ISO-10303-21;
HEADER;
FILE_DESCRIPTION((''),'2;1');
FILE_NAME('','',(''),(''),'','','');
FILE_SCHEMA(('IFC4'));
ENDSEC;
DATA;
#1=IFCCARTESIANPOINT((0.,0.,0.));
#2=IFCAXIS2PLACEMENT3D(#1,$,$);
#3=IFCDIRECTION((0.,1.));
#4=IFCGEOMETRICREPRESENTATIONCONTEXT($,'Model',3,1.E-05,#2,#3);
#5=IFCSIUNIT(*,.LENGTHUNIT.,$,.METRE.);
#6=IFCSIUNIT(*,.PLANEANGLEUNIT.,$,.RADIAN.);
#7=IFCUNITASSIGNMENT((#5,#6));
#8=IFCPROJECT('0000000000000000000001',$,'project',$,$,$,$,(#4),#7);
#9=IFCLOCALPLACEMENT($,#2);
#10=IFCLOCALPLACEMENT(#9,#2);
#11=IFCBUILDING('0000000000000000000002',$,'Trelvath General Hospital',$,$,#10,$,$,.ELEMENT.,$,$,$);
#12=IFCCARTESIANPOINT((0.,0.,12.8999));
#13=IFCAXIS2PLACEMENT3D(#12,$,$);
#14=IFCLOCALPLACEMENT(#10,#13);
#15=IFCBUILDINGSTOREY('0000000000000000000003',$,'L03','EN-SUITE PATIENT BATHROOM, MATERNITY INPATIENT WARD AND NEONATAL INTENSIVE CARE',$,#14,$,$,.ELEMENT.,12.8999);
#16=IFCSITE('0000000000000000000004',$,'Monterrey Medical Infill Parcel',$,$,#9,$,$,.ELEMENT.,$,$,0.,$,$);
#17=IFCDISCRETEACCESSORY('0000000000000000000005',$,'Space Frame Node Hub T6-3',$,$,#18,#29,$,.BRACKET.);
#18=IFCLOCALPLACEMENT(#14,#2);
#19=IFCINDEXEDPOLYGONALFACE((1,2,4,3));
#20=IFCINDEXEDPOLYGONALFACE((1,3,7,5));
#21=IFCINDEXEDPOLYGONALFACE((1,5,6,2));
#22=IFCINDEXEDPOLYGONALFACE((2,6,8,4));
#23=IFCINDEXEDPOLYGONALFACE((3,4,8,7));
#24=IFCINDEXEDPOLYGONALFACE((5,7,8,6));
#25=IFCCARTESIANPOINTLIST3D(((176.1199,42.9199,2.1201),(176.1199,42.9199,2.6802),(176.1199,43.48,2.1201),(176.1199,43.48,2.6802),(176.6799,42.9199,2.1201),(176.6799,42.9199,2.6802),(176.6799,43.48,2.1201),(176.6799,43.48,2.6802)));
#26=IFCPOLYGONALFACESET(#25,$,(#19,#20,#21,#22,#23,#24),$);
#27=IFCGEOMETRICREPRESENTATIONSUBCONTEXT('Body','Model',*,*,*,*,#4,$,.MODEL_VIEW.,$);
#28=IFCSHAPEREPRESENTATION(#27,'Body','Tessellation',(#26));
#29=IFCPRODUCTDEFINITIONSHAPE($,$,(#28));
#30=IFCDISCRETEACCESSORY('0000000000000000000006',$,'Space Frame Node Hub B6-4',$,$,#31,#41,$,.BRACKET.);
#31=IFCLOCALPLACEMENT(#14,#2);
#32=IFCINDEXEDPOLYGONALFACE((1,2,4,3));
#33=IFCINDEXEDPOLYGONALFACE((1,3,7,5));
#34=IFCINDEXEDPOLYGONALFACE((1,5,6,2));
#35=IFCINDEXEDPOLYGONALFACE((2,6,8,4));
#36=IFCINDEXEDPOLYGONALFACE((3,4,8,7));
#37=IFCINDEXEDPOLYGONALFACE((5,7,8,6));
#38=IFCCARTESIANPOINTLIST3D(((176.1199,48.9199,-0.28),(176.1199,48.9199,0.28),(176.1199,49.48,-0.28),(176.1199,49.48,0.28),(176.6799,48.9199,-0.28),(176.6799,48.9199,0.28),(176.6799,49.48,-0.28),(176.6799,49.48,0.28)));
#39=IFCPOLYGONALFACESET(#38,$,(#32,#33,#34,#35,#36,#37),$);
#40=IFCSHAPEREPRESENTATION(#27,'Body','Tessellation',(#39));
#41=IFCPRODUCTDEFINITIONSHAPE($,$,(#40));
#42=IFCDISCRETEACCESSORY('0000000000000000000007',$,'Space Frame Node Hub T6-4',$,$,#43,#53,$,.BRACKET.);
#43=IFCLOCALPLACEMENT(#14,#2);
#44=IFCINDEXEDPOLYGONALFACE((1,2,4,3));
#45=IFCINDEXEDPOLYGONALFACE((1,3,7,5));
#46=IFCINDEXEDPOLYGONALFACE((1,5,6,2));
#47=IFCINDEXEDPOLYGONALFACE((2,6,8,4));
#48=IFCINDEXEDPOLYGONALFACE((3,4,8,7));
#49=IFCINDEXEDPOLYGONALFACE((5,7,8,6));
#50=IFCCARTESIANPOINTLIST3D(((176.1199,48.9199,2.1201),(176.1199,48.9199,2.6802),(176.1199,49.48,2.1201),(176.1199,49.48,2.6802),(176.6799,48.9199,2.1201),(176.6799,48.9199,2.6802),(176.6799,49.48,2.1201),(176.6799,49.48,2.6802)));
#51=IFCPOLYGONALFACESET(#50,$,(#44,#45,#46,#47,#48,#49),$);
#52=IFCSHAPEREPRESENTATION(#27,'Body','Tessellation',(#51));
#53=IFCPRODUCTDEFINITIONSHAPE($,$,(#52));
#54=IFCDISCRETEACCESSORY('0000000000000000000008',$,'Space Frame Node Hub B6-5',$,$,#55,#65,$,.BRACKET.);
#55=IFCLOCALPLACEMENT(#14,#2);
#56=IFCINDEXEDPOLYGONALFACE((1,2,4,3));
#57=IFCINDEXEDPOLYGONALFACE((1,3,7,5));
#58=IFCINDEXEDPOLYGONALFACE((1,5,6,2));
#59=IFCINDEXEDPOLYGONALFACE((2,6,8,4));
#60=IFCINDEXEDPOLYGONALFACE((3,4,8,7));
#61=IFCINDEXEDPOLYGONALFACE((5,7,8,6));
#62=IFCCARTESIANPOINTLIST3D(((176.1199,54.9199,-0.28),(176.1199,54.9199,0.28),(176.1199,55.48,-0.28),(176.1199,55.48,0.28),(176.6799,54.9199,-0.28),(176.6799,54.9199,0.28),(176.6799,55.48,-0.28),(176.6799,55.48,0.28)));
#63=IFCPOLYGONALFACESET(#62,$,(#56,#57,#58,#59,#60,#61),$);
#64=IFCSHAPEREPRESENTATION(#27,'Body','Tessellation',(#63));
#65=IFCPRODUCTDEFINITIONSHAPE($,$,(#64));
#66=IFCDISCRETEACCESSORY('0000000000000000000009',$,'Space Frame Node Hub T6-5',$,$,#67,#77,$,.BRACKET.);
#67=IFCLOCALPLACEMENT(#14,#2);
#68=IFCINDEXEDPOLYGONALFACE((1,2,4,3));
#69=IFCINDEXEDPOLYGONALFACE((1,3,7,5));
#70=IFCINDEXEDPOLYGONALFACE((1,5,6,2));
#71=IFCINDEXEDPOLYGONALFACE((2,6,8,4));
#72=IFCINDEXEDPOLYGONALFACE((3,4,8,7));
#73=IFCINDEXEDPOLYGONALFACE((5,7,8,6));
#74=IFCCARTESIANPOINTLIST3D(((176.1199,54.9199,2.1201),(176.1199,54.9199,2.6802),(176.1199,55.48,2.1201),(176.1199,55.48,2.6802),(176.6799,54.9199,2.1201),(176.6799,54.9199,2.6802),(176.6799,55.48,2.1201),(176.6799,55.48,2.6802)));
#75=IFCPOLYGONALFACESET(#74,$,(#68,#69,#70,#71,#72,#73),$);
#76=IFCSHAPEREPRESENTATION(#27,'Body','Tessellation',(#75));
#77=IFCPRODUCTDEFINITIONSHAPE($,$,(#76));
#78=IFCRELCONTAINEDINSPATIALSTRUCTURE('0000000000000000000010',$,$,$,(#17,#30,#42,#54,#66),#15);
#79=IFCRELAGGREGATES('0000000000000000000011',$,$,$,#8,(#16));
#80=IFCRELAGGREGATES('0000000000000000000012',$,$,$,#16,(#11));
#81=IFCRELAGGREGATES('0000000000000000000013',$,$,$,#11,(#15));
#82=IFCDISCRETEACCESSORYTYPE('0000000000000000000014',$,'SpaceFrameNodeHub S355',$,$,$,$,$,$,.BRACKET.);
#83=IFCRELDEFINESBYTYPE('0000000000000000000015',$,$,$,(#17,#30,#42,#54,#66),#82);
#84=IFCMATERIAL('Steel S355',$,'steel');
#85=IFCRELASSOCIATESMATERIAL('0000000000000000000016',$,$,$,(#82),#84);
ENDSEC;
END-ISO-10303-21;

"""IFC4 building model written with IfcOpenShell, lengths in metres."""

from ifc_helpers import new_model, si_unit, direction, frame, origin, origin_2d, place, context, subcontext, project, spatial, rectangle, extrude, material, type_object, element, save


model = new_model("IFC4")

# Units and contexts
model_context = context("Model", 3, precision=1e-05, world=origin(), true_north=direction((0.0, 1.0)))
body_context = subcontext(model_context, "Body", "Model", "MODEL_VIEW")
ifc_project = project(units=[si_unit("LENGTHUNIT", "METRE"), si_unit("PLANEANGLEUNIT", "RADIAN")], contexts=[model_context])

# Site, building, storey
site_placement = place(None, origin())
site = spatial("IfcSite", under=ifc_project, at=site_placement, Name="Monterrey Medical Infill Parcel", CompositionType="ELEMENT", RefElevation=0.0)
building_placement = place(site_placement, origin())
building = spatial("IfcBuilding", under=site, at=building_placement, Name="Trelvath General Hospital", CompositionType="ELEMENT")
storey_placement = place(building_placement, frame((0.0, 0.0, 12.8999)))
storey = spatial("IfcBuildingStorey", under=building, at=storey_placement, Name="L03", Description="EN-SUITE PATIENT BATHROOM, MATERNITY INPATIENT WARD AND NEONATAL INTENSIVE CARE", CompositionType="ELEMENT", Elevation=12.8999)

# Discrete accessories
ifc_material_1 = material(Name="Steel S355", Category="steel")
discrete_accessory_type = type_object("IfcDiscreteAccessoryType", Name="SpaceFrameNodeHub S355", PredefinedType="BRACKET", material=ifc_material_1)
for number, where, z_axis, x_axis, name in (
    (1, (176.3999, 43.2, 2.1201), (0.0, 0.0, 1.0), (1.0, 0.0, 0.0), "Space Frame Node Hub T6-3"),
    (2, (176.3999, 49.2, -0.28), (0.0, 0.0, 1.0), (1.0, 0.0, 0.0), "Space Frame Node Hub B6-4"),
    (3, (176.3999, 49.2, 2.1201), (0.0, 0.0, 1.0), (1.0, 0.0, 0.0), "Space Frame Node Hub T6-4"),
    (4, (176.3999, 55.2, -0.28), (0.0, 0.0, 1.0), (1.0, 0.0, 0.0), "Space Frame Node Hub B6-5"),
    (5, (176.3999, 55.2, 2.1201), (0.0, 0.0, 1.0), (1.0, 0.0, 0.0), "Space Frame Node Hub T6-5"),
):
    element("IfcDiscreteAccessory", number, at=place(storey_placement, frame(where, z_axis=z_axis, x_axis=x_axis)), inside=storey, type_object=discrete_accessory_type, Name=name, PredefinedType="BRACKET", context=body_context, shape_type="SweptSolid", body=[
        extrude(rectangle(XDim=0.5601, YDim=0.5601, at=origin_2d()), origin(), (0.0, 0.0, 1.0), 0.5601),
    ])

save(model, "model.ifc")
